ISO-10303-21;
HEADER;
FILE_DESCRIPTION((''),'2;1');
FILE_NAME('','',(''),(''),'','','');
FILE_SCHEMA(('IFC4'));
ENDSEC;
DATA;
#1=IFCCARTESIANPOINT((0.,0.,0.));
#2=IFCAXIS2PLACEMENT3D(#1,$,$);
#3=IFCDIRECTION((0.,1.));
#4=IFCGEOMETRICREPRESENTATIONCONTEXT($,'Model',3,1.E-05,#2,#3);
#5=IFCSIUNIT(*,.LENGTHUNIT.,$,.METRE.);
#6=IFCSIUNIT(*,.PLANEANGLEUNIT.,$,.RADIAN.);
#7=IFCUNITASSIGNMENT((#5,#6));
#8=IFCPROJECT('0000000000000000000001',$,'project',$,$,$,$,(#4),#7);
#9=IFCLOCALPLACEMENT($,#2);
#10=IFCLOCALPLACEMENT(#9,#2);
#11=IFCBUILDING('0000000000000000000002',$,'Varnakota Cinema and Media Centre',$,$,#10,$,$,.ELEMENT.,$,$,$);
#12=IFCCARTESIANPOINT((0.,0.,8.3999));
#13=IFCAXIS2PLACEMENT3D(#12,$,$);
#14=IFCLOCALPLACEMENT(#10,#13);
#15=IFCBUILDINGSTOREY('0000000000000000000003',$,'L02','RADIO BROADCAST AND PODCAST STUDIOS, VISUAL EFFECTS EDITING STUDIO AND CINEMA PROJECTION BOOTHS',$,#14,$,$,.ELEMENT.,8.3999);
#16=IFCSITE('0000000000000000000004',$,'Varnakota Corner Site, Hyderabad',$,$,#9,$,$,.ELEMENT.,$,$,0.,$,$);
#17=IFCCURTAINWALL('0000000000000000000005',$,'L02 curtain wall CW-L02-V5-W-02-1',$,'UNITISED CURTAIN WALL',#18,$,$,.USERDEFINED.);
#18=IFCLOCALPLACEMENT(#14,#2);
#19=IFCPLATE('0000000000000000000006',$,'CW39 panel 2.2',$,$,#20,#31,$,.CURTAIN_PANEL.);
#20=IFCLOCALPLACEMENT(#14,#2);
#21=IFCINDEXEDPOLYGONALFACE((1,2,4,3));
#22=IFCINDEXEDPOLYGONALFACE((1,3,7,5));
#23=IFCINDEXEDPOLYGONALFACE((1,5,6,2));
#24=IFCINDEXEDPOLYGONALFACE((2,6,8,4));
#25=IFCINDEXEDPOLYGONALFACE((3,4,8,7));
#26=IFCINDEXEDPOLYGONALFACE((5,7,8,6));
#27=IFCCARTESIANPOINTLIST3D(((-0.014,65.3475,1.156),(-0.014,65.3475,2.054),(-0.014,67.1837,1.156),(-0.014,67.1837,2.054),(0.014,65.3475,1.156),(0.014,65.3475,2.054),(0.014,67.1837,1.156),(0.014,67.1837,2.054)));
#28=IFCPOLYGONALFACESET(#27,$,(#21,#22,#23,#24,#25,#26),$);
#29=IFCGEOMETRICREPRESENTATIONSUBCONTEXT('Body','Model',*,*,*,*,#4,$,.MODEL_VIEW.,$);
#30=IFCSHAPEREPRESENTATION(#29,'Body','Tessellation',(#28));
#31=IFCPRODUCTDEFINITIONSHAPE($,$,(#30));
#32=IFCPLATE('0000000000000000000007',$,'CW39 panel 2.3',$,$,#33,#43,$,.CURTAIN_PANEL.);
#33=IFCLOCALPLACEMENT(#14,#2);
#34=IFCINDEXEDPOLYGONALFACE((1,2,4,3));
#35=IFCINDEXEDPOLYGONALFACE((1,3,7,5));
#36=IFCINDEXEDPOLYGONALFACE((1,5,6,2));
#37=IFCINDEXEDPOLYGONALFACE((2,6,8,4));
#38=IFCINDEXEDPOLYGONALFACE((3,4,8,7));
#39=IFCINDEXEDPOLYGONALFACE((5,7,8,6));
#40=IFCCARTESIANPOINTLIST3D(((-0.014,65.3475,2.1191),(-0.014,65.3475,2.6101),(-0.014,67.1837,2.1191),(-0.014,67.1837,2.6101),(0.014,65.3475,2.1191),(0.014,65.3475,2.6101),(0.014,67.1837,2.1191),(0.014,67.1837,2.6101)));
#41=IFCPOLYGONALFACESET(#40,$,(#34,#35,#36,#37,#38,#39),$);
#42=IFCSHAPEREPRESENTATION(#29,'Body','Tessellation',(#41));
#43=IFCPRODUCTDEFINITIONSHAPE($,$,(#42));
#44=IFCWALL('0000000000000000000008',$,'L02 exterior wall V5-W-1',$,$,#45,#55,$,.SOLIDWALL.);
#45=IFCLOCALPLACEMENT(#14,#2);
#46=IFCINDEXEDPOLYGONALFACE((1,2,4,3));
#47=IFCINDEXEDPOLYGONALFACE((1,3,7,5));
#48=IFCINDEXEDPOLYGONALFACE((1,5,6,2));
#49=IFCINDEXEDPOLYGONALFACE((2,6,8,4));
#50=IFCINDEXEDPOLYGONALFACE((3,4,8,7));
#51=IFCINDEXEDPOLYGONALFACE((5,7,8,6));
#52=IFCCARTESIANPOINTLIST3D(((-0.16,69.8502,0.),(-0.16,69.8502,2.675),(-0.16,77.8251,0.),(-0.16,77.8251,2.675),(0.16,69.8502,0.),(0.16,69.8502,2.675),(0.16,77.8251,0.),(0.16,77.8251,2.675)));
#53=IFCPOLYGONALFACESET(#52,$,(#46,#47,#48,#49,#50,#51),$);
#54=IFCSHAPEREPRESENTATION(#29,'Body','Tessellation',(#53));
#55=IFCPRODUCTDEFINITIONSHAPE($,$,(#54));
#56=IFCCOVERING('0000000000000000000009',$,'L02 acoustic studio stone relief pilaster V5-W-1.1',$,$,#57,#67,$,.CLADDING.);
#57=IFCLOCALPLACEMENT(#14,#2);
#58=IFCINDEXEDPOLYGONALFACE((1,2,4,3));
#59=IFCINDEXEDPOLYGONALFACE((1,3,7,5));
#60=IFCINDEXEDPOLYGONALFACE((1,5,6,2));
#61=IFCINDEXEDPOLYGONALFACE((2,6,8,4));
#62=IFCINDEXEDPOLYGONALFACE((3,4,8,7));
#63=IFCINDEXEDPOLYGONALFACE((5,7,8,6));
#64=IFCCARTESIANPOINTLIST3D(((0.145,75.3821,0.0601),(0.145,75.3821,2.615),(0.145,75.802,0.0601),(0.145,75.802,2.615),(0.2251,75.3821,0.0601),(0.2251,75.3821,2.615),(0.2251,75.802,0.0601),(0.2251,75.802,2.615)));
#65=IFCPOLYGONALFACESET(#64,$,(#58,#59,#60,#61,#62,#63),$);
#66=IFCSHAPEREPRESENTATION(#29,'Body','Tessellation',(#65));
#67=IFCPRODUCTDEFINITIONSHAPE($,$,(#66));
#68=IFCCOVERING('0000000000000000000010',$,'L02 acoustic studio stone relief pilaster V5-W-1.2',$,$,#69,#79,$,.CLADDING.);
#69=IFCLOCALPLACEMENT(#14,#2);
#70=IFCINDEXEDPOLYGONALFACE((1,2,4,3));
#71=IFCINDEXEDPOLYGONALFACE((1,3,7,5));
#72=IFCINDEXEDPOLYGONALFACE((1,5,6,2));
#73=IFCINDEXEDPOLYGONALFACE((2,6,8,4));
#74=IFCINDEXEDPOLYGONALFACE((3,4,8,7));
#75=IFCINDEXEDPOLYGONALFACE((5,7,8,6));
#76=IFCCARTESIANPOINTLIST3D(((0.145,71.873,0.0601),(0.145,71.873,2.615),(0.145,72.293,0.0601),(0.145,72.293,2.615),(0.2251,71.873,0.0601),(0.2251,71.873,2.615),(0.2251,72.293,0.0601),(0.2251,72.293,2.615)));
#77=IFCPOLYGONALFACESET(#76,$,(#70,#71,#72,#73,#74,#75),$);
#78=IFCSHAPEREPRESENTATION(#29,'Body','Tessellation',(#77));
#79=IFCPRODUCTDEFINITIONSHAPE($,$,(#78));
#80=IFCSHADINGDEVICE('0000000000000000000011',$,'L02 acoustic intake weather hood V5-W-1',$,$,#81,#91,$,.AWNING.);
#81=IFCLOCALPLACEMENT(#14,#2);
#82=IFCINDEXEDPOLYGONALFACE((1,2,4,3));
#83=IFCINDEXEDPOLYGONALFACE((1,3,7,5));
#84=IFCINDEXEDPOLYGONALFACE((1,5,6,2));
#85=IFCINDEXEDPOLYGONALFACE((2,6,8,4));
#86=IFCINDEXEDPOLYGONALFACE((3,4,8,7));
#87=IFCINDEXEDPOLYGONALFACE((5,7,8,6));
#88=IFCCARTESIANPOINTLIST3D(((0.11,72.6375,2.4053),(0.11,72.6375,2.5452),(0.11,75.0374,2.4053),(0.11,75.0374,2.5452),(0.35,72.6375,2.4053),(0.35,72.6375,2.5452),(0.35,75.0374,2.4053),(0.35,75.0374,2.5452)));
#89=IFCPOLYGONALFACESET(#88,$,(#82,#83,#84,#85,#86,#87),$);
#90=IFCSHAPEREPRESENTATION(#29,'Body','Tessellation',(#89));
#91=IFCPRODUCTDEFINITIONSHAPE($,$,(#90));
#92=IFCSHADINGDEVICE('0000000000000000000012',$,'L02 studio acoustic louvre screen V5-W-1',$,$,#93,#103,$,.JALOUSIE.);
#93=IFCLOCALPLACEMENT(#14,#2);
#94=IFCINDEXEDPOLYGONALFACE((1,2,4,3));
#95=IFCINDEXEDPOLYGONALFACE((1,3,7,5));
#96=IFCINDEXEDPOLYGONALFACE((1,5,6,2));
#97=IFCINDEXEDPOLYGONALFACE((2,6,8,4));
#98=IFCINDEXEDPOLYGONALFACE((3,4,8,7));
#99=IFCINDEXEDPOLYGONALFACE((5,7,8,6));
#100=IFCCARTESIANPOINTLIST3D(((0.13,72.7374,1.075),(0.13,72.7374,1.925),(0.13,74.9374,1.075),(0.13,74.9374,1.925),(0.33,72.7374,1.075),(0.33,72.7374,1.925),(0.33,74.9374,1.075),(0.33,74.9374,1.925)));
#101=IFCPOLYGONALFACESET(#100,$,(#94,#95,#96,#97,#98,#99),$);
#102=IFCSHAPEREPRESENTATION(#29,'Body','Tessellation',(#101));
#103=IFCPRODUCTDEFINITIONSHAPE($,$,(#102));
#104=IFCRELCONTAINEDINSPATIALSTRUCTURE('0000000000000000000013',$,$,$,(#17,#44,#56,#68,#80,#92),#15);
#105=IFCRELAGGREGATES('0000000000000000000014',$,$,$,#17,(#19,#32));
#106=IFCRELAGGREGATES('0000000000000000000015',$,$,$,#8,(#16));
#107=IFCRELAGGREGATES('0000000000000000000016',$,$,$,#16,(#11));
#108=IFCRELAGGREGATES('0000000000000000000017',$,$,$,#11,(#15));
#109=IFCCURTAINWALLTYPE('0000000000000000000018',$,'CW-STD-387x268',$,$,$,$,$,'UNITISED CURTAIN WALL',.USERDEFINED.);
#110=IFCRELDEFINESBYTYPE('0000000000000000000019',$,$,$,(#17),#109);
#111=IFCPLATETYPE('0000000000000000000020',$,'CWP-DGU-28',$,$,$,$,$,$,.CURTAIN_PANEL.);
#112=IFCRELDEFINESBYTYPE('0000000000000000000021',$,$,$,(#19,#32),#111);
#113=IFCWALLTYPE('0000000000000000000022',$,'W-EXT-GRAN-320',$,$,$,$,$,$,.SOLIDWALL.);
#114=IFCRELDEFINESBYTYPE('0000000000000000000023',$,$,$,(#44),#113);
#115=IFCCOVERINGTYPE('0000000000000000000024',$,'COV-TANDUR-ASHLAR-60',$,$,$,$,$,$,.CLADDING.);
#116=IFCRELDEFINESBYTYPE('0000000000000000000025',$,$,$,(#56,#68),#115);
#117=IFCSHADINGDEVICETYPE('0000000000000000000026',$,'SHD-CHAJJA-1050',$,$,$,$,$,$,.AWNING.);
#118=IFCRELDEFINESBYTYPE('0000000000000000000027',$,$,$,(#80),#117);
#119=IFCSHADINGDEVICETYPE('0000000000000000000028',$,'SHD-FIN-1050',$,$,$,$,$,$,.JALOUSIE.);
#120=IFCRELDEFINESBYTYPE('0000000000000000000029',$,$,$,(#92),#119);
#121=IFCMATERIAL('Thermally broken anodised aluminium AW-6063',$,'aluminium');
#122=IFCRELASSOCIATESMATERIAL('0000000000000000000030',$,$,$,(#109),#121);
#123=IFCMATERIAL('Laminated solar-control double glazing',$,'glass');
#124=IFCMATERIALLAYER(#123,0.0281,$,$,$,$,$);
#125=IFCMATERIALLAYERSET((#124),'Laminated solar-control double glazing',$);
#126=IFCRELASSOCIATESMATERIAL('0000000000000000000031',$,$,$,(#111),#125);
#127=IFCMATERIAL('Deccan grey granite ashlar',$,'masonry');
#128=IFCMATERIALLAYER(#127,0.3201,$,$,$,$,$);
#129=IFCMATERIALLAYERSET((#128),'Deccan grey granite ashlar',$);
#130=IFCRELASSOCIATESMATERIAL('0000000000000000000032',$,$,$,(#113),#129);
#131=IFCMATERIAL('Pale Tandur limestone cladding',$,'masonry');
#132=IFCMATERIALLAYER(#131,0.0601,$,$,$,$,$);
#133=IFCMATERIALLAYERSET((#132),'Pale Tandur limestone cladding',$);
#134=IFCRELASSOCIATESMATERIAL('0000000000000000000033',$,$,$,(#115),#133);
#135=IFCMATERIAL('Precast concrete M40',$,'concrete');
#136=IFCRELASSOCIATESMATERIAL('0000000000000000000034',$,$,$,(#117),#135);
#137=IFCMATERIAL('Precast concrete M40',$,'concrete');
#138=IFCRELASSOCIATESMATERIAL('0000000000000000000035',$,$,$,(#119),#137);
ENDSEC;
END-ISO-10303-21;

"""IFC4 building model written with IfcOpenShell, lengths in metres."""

from ifc_helpers import new_model, si_unit, direction, frame, frame_2d, origin, origin_2d, place, context, subcontext, project, spatial, rectangle, extrude, material, layer, layer_set, type_object, element, aggregate, save


model = new_model("IFC4")

# Units and contexts
model_context = context("Model", 3, precision=1e-05, world=origin(), true_north=direction((0.0, 1.0)))
body_context = subcontext(model_context, "Body", "Model", "MODEL_VIEW")
ifc_project = project(units=[si_unit("LENGTHUNIT", "METRE"), si_unit("PLANEANGLEUNIT", "RADIAN")], contexts=[model_context])

# Site, building, storey
site_placement = place(None, origin())
site = spatial("IfcSite", under=ifc_project, at=site_placement, Name="Varnakota Corner Site, Hyderabad", CompositionType="ELEMENT", RefElevation=0.0)
building_placement = place(site_placement, origin())
building = spatial("IfcBuilding", under=site, at=building_placement, Name="Varnakota Cinema and Media Centre", CompositionType="ELEMENT")
storey_placement = place(building_placement, frame((0.0, 0.0, 8.3999)))
storey = spatial("IfcBuildingStorey", under=building, at=storey_placement, Name="L02", Description="RADIO BROADCAST AND PODCAST STUDIOS, VISUAL EFFECTS EDITING STUDIO AND CINEMA PROJECTION BOOTHS", CompositionType="ELEMENT", Elevation=8.3999)

# Curtain wall, plates
ifc_material_1 = material(Name="Thermally broken anodised aluminium AW-6063", Category="aluminium")
curtain_wall_type = type_object("IfcCurtainWallType", Name="CW-STD-387x268", ElementType="UNITISED CURTAIN WALL", PredefinedType="USERDEFINED", material=ifc_material_1)
curtain_wall_placement = place(storey_placement, origin())
curtain_wall = element("IfcCurtainWall", 1, at=curtain_wall_placement, inside=storey, type_object=curtain_wall_type, Name="L02 curtain wall CW-L02-V5-W-02-1", ObjectType="UNITISED CURTAIN WALL", PredefinedType="USERDEFINED")
ifc_material_2 = material(Name="Laminated solar-control double glazing", Category="glass")
ifc_layer_1 = layer(ifc_material_2, 0.0281)
ifc_layer_set_1 = layer_set([ifc_layer_1], Name="Laminated solar-control double glazing")
plate_type = type_object("IfcPlateType", Name="CWP-DGU-28", PredefinedType="CURTAIN_PANEL", material=ifc_layer_set_1)
plate_1_placement = place(storey_placement, frame((0.0, 66.2656, 1.156), z_axis=(0.0, 0.0, 1.0), x_axis=(0.0, -1.0, 0.0)))
plate_1 = element("IfcPlate", 2, at=plate_1_placement, type_object=plate_type, Name="CW39 panel 2.2", PredefinedType="CURTAIN_PANEL", context=body_context, shape_type="SweptSolid", body=[
    extrude(rectangle(XDim=1.8362, YDim=0.0281, at=origin_2d()), origin(), (0.0, 0.0, 1.0), 0.8979),
])
plate_2_placement = place(storey_placement, frame((0.0, 66.2656, 2.1191), z_axis=(0.0, 0.0, 1.0), x_axis=(0.0, -1.0, 0.0)))
plate_2 = element("IfcPlate", 3, at=plate_2_placement, type_object=plate_type, Name="CW39 panel 2.3", PredefinedType="CURTAIN_PANEL", context=body_context, shape_type="SweptSolid", body=[
    extrude(rectangle(XDim=1.8362, YDim=0.0281, at=origin_2d()), origin(), (0.0, 0.0, 1.0), 0.491),
])
aggregate(curtain_wall, [plate_1, plate_2])

# Wall
ifc_material_3 = material(Name="Deccan grey granite ashlar", Category="masonry")
ifc_layer_2 = layer(ifc_material_3, 0.3201)
ifc_layer_set_2 = layer_set([ifc_layer_2], Name="Deccan grey granite ashlar")
wall_type = type_object("IfcWallType", Name="W-EXT-GRAN-320", PredefinedType="SOLIDWALL", material=ifc_layer_set_2)
wall_placement = place(storey_placement, frame((0.0, 77.825, 0.0), z_axis=(0.0, 0.0, 1.0), x_axis=(0.0, -1.0, 0.0)))
element("IfcWall", 4, at=wall_placement, inside=storey, type_object=wall_type, Name="L02 exterior wall V5-W-1", PredefinedType="SOLIDWALL", context=body_context, shape_type="SweptSolid", body=[
    extrude(rectangle(XDim=7.9749, YDim=0.3201, at=frame_2d((3.9873, 0.0))), origin(), (0.0, 0.0, 1.0), 2.675),
])

# Coverings
ifc_material_4 = material(Name="Pale Tandur limestone cladding", Category="masonry")
ifc_layer_3 = layer(ifc_material_4, 0.0601)
ifc_layer_set_3 = layer_set([ifc_layer_3], Name="Pale Tandur limestone cladding")
covering_type = type_object("IfcCoveringType", Name="COV-TANDUR-ASHLAR-60", PredefinedType="CLADDING", material=ifc_layer_set_3)
for number, where, z_axis, x_axis, name in (
    (5, (0.1851, 75.592, 0.0601), (0.0, 0.0, 1.0), (0.0, -1.0, 0.0), "L02 acoustic studio stone relief pilaster V5-W-1.1"),
    (6, (0.1851, 72.083, 0.0601), (0.0, 0.0, 1.0), (0.0, -1.0, 0.0), "L02 acoustic studio stone relief pilaster V5-W-1.2"),
):
    element("IfcCovering", number, at=place(storey_placement, frame(where, z_axis=z_axis, x_axis=x_axis)), inside=storey, type_object=covering_type, Name=name, PredefinedType="CLADDING", context=body_context, shape_type="SweptSolid", body=[
        extrude(rectangle(XDim=0.4199, YDim=0.0801, at=origin_2d()), origin(), (0.0, 0.0, 1.0), 2.5549),
    ])

# Shading devices
ifc_material_5 = material(Name="Precast concrete M40", Category="concrete")
shading_device_type_1 = type_object("IfcShadingDeviceType", Name="SHD-CHAJJA-1050", PredefinedType="AWNING", material=ifc_material_5)
shading_device_1_placement = place(storey_placement, frame((0.23, 73.8374, 2.4053), z_axis=(0.0, 0.0, 1.0), x_axis=(0.0, -1.0, 0.0)))
element("IfcShadingDevice", 7, at=shading_device_1_placement, inside=storey, type_object=shading_device_type_1, Name="L02 acoustic intake weather hood V5-W-1", PredefinedType="AWNING", context=body_context, shape_type="SweptSolid", body=[
    extrude(rectangle(XDim=2.3999, YDim=0.24, at=origin_2d()), origin(), (0.0, 0.0, 1.0), 0.1399),
])
ifc_material_6 = material(Name="Precast concrete M40", Category="concrete")
shading_device_type_2 = type_object("IfcShadingDeviceType", Name="SHD-FIN-1050", PredefinedType="JALOUSIE", material=ifc_material_6)
shading_device_2_placement = place(storey_placement, frame((0.23, 73.8374, 1.075), z_axis=(0.0, 0.0, 1.0), x_axis=(0.0, -1.0, 0.0)))
element("IfcShadingDevice", 8, at=shading_device_2_placement, inside=storey, type_object=shading_device_type_2, Name="L02 studio acoustic louvre screen V5-W-1", PredefinedType="JALOUSIE", context=body_context, shape_type="SweptSolid", body=[
    extrude(rectangle(XDim=2.2, YDim=0.2, at=origin_2d()), origin(), (0.0, 0.0, 1.0), 0.8501),
])

save(model, "model.ifc")
